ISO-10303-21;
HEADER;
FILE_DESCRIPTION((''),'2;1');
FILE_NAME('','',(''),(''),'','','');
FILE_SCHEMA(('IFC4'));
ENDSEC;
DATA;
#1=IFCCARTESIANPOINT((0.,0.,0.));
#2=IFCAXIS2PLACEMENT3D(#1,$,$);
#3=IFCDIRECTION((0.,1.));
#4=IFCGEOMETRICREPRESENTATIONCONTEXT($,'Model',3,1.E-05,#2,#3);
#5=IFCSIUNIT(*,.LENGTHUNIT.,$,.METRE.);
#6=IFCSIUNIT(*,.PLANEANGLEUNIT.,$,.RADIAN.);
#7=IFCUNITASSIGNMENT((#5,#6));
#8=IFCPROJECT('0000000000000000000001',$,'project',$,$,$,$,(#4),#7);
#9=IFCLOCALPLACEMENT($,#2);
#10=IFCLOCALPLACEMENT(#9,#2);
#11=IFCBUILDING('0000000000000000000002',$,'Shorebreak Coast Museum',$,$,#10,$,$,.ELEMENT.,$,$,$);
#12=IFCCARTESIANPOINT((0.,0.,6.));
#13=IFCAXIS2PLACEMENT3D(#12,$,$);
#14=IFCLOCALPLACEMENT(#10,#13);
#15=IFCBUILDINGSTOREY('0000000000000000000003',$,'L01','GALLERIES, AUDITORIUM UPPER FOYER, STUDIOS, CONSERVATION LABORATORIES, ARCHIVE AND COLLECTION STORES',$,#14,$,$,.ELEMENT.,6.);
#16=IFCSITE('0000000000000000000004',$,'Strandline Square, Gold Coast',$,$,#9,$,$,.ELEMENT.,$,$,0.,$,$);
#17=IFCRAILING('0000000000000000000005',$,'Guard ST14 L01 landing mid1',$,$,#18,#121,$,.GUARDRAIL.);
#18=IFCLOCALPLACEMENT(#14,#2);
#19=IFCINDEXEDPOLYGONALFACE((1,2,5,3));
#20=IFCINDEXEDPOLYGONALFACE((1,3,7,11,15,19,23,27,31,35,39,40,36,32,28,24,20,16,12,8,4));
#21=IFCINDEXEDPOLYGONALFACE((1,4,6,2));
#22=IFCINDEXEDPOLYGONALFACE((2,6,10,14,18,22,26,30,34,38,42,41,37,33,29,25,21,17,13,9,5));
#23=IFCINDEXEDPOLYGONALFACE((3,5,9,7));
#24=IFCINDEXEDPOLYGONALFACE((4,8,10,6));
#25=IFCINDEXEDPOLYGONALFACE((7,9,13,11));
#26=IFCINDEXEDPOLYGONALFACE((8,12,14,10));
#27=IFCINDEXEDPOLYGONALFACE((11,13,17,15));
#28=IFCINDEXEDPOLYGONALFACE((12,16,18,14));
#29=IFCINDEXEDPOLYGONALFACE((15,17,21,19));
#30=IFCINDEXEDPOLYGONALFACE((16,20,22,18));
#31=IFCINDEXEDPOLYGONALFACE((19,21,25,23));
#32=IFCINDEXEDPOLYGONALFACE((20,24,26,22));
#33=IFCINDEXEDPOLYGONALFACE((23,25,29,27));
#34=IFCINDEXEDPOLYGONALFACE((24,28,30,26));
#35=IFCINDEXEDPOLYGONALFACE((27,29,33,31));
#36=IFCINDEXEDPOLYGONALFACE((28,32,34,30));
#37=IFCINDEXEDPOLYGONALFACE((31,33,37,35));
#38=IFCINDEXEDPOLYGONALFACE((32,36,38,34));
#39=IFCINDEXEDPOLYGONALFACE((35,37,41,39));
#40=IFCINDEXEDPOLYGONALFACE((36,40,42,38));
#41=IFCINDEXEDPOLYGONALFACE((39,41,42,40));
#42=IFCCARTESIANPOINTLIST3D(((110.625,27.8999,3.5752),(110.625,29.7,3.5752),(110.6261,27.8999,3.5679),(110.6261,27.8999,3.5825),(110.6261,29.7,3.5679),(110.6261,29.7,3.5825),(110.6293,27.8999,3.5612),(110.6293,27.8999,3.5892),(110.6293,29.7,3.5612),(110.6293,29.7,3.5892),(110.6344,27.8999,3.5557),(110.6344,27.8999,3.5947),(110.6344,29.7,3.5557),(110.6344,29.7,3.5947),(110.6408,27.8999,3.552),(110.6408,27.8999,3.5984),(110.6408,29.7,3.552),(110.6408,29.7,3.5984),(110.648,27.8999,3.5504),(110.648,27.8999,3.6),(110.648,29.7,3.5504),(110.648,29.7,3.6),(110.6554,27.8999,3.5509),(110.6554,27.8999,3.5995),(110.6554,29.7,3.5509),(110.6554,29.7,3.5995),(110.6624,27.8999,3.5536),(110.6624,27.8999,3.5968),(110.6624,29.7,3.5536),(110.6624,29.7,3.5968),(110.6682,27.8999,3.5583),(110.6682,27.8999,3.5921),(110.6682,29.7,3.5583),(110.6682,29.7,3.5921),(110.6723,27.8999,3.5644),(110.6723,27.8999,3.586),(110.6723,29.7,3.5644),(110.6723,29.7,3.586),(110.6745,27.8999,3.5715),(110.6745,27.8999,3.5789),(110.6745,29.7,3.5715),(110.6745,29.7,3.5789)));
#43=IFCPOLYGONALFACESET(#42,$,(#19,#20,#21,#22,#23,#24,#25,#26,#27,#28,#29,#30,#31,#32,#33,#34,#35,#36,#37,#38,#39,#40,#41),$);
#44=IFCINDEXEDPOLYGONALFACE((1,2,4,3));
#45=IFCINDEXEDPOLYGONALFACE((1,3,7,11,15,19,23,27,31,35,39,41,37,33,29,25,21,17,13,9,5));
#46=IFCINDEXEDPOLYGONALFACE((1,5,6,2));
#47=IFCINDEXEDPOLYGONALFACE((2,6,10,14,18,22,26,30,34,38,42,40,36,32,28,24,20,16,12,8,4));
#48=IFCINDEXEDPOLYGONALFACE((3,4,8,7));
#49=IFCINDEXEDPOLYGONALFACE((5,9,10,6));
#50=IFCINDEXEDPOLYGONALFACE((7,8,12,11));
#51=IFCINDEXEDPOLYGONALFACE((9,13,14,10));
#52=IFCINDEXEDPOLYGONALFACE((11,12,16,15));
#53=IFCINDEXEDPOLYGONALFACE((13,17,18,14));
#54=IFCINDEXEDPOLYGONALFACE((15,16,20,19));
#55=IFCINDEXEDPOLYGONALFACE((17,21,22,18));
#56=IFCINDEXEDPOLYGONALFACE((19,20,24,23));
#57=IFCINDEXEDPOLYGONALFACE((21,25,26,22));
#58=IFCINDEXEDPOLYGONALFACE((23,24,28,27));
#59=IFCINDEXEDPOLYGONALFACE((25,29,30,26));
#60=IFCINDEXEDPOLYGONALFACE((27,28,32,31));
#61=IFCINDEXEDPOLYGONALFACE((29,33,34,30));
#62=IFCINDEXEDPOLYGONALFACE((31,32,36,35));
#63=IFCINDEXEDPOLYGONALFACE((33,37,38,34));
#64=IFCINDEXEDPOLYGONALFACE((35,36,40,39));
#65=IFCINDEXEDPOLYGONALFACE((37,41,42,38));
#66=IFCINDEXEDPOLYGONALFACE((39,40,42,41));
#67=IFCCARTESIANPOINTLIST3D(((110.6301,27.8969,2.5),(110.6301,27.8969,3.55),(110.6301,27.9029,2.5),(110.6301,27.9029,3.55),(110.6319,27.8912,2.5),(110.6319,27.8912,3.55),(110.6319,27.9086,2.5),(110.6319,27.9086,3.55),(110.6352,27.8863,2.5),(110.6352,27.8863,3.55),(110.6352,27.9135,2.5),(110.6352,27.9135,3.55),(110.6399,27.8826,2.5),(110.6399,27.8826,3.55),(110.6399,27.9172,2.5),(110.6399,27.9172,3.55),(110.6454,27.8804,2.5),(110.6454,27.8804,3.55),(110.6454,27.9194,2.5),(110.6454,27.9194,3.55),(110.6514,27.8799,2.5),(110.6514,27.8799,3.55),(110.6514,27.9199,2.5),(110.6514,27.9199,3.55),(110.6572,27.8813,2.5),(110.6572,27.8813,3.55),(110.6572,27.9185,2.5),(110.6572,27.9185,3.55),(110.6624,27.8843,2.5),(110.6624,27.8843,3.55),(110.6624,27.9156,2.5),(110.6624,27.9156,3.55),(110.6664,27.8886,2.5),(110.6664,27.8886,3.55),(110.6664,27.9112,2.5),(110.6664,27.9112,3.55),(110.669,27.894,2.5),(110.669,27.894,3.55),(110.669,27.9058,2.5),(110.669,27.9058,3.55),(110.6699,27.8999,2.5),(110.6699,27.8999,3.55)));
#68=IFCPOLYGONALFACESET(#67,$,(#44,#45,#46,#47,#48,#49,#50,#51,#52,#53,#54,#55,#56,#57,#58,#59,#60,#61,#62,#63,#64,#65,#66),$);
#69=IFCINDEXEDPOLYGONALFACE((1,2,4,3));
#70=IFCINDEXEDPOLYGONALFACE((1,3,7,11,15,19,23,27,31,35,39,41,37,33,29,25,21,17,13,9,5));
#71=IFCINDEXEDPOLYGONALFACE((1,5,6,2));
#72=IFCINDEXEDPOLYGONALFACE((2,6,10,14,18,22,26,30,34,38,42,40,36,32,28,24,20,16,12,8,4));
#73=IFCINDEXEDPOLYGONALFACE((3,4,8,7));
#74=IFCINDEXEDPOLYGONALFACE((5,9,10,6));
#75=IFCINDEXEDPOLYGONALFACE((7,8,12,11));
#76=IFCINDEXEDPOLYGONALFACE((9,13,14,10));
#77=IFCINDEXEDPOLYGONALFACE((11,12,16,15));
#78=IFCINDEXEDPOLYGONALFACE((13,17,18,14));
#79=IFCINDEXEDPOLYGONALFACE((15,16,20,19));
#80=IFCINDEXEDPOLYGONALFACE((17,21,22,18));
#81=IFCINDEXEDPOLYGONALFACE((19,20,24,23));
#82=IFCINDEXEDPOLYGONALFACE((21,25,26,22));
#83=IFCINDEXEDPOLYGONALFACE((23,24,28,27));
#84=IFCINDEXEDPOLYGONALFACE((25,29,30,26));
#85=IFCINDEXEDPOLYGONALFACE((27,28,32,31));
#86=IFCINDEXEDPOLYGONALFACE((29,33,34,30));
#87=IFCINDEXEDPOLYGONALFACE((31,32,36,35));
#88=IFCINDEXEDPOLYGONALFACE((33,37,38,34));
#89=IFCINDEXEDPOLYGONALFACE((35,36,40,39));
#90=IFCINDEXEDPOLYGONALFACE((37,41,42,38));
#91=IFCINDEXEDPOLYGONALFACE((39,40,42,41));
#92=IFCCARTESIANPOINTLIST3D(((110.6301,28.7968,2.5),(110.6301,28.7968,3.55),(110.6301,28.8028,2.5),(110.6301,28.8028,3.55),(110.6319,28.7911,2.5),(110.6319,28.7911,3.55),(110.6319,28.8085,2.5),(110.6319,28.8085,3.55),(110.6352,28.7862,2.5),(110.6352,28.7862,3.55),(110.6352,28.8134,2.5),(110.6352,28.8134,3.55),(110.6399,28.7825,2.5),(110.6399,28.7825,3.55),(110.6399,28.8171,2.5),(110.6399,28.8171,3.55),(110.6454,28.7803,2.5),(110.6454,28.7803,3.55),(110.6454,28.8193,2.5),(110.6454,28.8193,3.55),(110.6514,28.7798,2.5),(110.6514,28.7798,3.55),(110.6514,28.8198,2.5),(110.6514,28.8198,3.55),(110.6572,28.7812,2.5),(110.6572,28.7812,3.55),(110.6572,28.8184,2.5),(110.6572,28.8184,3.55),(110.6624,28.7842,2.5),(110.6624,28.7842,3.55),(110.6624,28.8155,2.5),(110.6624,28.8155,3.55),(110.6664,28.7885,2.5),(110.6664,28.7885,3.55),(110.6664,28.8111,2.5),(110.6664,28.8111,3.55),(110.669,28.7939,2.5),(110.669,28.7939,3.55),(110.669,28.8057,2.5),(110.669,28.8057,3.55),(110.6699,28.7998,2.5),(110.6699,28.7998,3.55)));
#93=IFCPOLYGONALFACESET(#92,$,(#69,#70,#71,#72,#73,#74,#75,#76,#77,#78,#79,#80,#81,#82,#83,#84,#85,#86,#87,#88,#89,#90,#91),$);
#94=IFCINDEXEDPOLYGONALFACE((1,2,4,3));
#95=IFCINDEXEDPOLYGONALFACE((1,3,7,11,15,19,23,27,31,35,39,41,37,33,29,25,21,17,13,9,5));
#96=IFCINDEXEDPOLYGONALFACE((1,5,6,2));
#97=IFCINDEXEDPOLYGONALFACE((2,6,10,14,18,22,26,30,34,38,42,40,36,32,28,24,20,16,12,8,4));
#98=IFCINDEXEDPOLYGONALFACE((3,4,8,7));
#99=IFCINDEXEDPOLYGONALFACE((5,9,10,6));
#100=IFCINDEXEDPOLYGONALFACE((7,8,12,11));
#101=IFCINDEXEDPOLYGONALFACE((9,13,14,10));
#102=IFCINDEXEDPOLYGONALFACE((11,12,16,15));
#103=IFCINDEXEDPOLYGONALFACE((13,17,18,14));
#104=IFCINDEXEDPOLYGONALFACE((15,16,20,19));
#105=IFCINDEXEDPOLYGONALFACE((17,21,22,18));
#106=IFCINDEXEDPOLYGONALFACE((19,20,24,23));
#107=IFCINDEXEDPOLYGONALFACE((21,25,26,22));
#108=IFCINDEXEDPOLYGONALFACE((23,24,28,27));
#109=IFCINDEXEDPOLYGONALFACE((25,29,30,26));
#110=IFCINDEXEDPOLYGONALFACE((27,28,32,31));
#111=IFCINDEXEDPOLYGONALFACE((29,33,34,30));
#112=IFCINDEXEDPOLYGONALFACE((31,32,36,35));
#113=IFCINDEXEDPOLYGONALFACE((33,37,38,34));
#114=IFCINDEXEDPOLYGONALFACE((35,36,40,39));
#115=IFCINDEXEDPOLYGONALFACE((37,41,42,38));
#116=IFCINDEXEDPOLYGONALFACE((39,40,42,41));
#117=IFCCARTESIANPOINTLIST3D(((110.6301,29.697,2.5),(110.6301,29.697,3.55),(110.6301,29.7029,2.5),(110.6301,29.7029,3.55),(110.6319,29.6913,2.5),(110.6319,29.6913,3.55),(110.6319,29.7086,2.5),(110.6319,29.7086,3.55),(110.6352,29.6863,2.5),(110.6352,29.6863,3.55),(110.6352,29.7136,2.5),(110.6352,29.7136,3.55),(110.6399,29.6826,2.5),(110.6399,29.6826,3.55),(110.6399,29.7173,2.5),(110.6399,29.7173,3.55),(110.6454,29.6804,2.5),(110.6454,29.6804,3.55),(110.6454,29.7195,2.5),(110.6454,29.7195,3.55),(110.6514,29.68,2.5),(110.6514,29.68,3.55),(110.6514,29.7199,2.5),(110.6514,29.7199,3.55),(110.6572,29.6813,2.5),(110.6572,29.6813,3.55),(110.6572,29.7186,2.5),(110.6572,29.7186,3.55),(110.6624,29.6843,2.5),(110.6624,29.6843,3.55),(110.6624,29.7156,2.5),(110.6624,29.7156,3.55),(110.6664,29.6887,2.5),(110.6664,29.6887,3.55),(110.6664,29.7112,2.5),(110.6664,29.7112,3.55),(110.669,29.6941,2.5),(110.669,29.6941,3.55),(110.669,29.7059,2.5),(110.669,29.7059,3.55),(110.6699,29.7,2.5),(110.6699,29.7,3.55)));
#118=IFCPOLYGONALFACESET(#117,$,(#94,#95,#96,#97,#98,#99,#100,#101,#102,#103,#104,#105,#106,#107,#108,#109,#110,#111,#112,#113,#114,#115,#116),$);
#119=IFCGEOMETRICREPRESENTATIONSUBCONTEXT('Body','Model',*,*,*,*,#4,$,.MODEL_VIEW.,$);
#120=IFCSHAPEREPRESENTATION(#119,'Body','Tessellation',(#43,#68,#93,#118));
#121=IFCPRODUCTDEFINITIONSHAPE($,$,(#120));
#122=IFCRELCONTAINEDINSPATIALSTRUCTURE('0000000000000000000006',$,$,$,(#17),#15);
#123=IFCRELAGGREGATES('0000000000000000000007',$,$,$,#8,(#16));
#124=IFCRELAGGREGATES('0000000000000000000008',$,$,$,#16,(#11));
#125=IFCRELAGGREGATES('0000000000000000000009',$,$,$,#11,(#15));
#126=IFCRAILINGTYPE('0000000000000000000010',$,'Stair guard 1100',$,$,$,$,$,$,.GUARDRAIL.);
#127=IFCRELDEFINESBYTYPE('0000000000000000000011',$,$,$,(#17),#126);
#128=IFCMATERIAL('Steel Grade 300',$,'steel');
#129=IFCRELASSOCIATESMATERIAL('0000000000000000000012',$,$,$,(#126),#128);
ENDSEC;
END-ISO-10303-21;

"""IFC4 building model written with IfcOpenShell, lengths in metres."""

from ifc_helpers import new_model, si_unit, direction, frame, origin, origin_2d, place, context, subcontext, project, spatial, circle, extrude, material, type_object, element, save


model = new_model("IFC4")

# Units and contexts
model_context = context("Model", 3, precision=1e-05, world=origin(), true_north=direction((0.0, 1.0)))
body_context = subcontext(model_context, "Body", "Model", "MODEL_VIEW")
ifc_project = project(units=[si_unit("LENGTHUNIT", "METRE"), si_unit("PLANEANGLEUNIT", "RADIAN")], contexts=[model_context])

# Site, building, storey
site_placement = place(None, origin())
site = spatial("IfcSite", under=ifc_project, at=site_placement, Name="Strandline Square, Gold Coast", CompositionType="ELEMENT", RefElevation=0.0)
building_placement = place(site_placement, origin())
building = spatial("IfcBuilding", under=site, at=building_placement, Name="Shorebreak Coast Museum", CompositionType="ELEMENT")
storey_placement = place(building_placement, frame((0.0, 0.0, 6.0)))
storey = spatial("IfcBuildingStorey", under=building, at=storey_placement, Name="L01", Description="GALLERIES, AUDITORIUM UPPER FOYER, STUDIOS, CONSERVATION LABORATORIES, ARCHIVE AND COLLECTION STORES", CompositionType="ELEMENT", Elevation=6.0)

# Railing
ifc_material_1 = material(Name="Steel Grade 300", Category="steel")
railing_type_1 = type_object("IfcRailingType", Name="Stair guard 1100", PredefinedType="GUARDRAIL", material=ifc_material_1)
railing_1_placement = place(storey_placement, frame((110.6499, 27.8999, 2.5)))
element("IfcRailing", 1, at=railing_1_placement, inside=storey, type_object=railing_type_1, Name="Guard ST14 L01 landing mid1", PredefinedType="GUARDRAIL", context=body_context, shape_type="SweptSolid", body=[
    extrude(circle(Radius=0.0249, at=origin_2d()), frame((0.0, 0.0, 1.0752), z_axis=(0.0, 1.0, 0.0), x_axis=(-1.0, 0.0, 0.0)), (0.0, 0.0, 1.0), 1.8),
    extrude(circle(Radius=0.02, at=origin_2d()), origin(), (0.0, 0.0, 1.0), 1.05),
    extrude(circle(Radius=0.02, at=origin_2d()), frame((0.0, 0.8999, 0.0)), (0.0, 0.0, 1.0), 1.05),
    extrude(circle(Radius=0.02, at=origin_2d()), frame((0.0, 1.8, 0.0)), (0.0, 0.0, 1.0), 1.05),
])

save(model, "model.ifc")
